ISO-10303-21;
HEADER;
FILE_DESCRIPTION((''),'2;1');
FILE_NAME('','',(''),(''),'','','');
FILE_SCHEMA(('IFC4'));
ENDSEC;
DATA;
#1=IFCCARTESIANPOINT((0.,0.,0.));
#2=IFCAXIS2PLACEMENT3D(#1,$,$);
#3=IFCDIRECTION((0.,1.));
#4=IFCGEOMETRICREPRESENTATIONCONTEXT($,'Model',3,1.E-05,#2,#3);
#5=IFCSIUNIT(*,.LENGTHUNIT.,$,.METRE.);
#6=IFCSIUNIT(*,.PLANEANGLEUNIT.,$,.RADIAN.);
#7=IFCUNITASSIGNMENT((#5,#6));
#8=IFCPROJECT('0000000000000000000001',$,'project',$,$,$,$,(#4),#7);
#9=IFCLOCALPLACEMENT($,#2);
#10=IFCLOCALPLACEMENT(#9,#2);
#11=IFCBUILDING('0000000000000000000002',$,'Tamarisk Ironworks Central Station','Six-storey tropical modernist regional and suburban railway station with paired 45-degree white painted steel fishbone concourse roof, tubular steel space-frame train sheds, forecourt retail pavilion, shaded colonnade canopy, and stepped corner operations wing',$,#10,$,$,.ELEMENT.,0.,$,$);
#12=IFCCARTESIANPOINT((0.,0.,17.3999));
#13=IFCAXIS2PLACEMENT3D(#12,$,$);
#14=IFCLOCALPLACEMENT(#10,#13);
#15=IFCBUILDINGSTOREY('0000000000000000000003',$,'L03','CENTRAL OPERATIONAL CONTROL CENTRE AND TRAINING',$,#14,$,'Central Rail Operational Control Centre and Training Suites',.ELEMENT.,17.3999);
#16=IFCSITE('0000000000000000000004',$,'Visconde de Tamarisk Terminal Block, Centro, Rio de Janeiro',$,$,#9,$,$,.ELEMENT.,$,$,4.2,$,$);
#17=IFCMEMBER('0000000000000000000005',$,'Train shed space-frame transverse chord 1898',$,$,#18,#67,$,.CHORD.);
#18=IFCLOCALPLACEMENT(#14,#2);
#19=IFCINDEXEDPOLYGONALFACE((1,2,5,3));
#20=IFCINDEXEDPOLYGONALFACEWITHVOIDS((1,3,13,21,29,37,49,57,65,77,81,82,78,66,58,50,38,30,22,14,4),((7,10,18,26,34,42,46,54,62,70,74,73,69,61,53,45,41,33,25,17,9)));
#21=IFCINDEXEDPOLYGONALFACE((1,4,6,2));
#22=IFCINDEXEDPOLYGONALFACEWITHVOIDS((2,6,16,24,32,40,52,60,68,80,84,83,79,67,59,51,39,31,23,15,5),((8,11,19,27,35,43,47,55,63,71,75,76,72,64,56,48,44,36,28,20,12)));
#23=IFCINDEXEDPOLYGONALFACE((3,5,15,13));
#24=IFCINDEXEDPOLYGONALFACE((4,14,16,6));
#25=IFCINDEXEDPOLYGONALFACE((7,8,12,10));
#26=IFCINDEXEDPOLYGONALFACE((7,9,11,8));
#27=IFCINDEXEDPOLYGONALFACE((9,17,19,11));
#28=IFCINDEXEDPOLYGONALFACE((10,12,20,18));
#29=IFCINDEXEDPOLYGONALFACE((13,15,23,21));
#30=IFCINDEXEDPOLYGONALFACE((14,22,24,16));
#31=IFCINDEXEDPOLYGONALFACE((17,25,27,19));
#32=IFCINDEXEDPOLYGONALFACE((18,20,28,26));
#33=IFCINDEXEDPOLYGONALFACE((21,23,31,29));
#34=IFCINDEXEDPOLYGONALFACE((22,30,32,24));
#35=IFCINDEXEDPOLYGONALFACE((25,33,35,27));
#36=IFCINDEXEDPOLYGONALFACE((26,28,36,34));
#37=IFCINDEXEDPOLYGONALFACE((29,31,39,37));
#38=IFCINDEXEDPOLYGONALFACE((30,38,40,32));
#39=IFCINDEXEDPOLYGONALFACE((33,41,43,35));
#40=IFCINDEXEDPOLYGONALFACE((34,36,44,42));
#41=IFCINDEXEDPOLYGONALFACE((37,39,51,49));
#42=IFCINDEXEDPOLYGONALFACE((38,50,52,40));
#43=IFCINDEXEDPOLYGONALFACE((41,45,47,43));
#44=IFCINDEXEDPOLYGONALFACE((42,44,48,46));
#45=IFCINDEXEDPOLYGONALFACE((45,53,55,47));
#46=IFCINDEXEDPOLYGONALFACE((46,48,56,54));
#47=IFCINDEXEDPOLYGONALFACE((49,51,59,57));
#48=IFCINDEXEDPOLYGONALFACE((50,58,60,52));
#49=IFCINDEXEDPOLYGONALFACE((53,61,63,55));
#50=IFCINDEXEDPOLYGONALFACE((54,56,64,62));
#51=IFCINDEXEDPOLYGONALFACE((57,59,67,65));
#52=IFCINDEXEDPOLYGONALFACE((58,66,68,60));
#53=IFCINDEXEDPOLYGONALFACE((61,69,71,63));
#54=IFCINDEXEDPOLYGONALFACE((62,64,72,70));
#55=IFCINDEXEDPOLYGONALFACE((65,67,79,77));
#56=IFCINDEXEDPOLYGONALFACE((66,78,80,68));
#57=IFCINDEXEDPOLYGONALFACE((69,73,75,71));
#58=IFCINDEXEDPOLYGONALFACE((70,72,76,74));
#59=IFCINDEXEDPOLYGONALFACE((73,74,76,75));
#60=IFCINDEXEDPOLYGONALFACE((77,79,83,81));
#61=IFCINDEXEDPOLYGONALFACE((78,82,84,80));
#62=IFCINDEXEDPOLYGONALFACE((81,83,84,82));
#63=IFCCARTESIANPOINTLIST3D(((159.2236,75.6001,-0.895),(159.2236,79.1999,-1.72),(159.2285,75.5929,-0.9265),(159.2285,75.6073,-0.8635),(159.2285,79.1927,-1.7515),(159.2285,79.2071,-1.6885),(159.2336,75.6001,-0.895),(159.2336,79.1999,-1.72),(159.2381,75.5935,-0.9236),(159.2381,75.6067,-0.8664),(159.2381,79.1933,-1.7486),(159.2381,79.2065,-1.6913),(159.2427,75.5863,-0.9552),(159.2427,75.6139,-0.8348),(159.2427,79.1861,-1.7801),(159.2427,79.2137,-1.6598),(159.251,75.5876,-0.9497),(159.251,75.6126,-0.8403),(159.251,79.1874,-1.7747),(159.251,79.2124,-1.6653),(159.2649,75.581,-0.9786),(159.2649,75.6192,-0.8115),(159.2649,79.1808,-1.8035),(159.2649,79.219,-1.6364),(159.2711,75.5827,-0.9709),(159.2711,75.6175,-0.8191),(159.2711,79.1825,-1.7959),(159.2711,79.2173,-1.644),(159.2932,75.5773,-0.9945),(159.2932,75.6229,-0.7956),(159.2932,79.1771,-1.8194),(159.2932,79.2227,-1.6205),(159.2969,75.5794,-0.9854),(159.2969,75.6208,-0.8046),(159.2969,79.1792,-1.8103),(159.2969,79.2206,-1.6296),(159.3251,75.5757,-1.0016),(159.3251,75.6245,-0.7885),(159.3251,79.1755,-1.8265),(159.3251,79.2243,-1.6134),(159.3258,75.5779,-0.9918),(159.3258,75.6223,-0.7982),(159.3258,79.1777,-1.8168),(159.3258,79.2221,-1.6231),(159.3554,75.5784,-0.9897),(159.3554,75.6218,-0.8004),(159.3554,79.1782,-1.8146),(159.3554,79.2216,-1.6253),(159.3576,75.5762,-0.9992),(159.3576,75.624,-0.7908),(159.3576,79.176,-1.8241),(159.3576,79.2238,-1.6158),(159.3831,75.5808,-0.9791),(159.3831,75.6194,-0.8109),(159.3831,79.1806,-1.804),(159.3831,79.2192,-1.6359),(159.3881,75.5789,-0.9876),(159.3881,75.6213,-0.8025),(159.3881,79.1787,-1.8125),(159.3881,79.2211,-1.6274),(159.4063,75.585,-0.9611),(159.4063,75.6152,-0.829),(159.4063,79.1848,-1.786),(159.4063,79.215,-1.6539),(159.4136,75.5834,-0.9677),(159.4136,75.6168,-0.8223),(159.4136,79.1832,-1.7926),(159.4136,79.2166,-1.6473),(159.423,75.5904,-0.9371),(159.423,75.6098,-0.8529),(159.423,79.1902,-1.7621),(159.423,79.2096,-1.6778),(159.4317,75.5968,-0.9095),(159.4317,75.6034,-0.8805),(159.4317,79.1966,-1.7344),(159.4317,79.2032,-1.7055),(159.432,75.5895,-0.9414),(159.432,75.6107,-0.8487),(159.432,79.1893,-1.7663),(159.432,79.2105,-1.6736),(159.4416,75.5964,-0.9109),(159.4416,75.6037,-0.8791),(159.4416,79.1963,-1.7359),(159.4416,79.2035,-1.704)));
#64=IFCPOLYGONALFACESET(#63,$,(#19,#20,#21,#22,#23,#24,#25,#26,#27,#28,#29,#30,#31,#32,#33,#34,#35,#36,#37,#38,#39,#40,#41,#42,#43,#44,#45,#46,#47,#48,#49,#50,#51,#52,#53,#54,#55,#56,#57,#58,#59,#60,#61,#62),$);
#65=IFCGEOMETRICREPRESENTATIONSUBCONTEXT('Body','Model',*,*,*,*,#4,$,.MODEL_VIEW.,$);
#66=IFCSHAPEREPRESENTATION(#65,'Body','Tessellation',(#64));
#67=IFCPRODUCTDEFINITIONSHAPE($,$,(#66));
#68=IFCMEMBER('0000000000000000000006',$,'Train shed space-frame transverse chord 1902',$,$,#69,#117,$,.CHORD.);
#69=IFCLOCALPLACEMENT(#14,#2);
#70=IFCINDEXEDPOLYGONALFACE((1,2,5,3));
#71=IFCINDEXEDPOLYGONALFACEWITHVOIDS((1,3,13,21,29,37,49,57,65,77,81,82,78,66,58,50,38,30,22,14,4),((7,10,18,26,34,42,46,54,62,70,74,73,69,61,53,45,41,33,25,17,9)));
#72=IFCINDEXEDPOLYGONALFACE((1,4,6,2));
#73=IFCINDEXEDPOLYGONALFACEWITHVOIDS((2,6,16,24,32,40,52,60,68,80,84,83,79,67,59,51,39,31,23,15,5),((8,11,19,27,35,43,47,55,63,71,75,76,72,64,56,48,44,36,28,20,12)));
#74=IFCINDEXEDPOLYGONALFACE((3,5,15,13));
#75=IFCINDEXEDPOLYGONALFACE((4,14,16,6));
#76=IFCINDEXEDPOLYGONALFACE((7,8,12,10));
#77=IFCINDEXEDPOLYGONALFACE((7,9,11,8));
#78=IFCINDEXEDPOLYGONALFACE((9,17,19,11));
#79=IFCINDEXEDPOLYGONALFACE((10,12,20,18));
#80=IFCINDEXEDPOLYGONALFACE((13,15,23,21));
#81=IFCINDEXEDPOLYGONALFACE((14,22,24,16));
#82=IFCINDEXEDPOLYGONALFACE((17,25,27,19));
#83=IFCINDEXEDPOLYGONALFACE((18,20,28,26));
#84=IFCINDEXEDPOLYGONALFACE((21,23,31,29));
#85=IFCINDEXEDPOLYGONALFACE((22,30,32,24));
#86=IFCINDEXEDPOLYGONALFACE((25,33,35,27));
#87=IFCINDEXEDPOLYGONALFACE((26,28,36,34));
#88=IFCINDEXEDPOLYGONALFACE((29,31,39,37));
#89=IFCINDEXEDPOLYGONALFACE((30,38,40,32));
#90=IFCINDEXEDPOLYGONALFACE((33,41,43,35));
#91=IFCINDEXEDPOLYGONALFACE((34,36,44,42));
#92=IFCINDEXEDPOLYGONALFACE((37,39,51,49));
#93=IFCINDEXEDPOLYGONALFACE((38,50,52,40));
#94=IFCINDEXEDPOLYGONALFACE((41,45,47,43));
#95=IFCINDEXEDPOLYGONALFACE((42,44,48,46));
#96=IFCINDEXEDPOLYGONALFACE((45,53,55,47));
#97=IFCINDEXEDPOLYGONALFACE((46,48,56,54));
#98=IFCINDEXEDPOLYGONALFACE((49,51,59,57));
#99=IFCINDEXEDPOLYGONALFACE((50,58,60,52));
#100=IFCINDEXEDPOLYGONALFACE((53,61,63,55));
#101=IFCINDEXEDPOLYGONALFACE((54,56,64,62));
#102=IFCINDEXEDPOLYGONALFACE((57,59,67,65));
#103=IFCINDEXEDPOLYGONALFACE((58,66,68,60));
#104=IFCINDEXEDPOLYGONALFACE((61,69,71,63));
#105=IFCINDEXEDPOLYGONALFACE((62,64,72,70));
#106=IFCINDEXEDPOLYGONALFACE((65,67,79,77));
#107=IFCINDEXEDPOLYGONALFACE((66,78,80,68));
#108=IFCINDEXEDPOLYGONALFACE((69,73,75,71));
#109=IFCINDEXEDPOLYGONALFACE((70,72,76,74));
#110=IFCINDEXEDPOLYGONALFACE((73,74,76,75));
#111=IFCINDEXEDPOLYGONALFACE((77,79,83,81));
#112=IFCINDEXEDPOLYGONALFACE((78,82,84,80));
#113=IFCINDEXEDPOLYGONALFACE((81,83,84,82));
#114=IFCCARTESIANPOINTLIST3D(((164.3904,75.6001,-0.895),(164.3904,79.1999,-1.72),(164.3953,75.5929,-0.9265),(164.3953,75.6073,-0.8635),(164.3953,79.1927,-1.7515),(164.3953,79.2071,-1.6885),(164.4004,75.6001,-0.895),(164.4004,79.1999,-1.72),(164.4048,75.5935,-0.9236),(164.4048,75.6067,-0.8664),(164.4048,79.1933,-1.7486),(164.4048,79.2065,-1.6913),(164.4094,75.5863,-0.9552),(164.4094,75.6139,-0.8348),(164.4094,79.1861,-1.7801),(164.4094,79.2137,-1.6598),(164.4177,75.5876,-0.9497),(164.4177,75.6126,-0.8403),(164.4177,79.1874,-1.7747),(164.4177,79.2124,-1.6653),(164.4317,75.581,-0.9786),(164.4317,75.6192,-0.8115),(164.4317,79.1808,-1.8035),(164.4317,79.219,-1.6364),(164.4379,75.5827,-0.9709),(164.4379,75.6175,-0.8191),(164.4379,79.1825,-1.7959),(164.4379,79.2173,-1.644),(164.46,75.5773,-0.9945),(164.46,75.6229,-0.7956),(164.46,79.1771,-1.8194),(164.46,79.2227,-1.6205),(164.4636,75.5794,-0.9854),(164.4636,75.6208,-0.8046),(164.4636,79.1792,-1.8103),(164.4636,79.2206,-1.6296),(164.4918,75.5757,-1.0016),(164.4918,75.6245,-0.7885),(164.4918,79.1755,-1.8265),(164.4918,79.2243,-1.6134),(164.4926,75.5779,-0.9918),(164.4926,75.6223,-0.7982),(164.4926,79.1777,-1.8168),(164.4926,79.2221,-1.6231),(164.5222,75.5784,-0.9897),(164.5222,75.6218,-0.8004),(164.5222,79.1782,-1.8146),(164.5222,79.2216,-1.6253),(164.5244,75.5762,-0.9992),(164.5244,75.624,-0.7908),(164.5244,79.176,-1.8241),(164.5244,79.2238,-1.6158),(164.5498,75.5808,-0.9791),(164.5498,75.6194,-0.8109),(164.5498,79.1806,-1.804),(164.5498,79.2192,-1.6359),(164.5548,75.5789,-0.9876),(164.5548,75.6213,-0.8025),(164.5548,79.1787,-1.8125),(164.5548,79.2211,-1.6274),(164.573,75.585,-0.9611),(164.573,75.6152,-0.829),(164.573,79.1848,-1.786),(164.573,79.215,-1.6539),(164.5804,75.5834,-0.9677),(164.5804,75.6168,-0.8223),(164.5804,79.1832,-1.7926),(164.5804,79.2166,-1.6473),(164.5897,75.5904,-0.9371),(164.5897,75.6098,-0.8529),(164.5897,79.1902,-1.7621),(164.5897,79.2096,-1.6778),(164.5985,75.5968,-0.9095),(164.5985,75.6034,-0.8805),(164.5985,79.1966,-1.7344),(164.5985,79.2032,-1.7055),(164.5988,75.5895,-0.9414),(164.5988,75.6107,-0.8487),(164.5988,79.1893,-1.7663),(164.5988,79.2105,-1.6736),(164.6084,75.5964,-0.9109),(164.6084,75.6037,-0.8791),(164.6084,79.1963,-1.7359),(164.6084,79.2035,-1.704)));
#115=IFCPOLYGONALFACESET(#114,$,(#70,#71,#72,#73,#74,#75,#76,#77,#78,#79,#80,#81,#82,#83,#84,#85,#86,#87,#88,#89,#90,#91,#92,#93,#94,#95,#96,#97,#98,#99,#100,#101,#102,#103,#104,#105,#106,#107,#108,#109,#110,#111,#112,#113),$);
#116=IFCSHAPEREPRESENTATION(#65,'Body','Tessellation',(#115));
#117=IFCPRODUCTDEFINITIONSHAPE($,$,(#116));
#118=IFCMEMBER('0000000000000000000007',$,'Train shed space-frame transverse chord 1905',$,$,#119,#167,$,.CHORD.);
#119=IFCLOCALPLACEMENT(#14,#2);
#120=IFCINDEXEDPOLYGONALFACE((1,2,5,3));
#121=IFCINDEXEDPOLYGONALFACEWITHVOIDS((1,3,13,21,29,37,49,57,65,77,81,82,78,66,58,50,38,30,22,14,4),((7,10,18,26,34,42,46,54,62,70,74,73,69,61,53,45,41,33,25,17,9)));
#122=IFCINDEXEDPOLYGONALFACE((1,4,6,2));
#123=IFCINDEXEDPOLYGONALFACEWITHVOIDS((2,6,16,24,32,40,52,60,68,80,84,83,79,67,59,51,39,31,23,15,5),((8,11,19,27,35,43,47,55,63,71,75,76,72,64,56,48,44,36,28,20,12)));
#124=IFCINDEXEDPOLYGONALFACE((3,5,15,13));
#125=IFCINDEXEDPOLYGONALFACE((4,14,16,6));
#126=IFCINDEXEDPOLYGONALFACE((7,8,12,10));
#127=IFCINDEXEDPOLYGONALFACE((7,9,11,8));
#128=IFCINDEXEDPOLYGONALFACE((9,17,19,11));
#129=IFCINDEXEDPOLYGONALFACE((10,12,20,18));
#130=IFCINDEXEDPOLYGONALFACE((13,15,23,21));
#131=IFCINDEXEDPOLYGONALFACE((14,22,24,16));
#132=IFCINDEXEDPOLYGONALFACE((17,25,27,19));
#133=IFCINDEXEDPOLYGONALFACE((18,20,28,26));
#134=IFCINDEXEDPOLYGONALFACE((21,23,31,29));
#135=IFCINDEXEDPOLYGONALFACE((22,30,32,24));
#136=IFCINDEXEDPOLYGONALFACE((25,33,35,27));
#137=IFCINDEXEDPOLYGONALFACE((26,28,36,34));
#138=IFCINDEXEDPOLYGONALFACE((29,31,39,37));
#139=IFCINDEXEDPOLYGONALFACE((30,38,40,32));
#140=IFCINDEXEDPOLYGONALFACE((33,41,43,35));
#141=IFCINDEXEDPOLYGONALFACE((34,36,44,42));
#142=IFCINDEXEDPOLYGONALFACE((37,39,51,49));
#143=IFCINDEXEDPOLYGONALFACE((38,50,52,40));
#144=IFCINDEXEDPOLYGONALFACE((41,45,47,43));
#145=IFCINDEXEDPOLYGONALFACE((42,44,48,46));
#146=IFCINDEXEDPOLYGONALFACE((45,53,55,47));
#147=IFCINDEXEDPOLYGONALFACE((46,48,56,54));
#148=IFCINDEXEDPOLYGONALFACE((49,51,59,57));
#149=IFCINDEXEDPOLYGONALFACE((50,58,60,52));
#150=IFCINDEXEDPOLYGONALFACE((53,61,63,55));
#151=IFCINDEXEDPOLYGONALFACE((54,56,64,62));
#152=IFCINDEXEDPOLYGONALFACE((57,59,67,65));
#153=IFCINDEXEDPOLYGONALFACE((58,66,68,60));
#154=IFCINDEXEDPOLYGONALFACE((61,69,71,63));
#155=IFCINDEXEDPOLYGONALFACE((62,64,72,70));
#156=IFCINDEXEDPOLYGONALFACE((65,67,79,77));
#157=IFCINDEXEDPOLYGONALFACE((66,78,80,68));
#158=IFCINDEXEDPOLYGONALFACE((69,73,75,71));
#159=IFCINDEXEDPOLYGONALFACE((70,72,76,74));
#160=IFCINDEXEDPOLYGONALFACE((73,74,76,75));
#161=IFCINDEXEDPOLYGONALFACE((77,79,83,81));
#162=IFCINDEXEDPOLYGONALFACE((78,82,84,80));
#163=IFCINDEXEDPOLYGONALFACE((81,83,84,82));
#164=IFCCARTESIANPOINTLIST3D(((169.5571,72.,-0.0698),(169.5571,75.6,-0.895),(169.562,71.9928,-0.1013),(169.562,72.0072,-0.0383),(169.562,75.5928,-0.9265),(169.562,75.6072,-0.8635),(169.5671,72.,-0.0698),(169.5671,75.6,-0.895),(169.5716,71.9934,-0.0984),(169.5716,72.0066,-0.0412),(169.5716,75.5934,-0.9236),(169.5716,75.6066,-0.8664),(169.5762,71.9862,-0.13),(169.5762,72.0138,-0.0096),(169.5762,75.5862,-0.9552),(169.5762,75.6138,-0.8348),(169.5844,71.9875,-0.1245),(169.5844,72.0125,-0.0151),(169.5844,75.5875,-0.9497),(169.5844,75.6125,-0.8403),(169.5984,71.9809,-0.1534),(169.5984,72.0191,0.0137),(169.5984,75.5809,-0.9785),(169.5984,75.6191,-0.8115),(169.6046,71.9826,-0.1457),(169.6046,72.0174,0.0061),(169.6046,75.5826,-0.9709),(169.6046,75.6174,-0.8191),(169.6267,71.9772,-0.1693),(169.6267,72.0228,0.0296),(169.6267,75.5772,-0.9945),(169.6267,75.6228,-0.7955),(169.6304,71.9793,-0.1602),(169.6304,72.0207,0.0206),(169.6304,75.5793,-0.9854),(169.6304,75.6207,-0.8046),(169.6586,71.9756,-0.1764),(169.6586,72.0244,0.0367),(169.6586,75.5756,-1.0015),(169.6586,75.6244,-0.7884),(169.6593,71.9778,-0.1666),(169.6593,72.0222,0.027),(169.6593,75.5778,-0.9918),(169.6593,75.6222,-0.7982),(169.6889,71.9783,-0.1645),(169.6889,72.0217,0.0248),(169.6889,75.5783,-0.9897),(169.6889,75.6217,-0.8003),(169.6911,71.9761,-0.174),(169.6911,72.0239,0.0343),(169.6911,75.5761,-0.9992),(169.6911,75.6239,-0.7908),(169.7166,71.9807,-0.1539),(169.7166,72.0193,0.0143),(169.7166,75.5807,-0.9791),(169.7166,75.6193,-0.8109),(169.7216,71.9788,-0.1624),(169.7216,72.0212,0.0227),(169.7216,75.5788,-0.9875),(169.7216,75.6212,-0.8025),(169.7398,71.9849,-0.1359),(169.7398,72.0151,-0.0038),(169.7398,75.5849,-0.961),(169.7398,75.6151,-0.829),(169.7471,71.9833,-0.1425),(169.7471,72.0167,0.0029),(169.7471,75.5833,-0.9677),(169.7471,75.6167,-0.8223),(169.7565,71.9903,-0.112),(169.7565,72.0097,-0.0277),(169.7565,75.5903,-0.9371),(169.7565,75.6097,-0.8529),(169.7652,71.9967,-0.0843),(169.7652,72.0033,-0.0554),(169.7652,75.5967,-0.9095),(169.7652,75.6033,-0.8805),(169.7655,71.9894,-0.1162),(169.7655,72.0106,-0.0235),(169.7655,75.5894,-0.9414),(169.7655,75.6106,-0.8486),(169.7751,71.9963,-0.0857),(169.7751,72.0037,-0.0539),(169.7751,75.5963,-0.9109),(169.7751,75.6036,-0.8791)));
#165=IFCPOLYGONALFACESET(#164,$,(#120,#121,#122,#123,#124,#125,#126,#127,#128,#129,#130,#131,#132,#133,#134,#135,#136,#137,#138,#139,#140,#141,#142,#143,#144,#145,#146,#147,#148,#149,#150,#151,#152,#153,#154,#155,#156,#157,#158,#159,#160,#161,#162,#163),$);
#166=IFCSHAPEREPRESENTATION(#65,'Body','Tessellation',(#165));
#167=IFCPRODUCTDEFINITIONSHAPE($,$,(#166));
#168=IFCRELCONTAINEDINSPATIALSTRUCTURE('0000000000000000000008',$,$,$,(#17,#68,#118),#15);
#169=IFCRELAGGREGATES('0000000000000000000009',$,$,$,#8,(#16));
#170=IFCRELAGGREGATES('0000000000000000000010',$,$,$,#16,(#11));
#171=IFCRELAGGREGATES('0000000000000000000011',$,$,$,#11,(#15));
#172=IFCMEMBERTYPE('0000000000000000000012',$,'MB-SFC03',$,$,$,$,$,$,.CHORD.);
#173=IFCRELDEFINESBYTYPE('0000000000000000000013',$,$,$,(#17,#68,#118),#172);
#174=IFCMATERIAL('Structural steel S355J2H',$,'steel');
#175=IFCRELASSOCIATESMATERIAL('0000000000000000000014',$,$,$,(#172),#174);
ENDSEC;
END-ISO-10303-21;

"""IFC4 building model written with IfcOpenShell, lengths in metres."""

from ifc_helpers import new_model, si_unit, direction, frame, origin, origin_2d, place, context, subcontext, project, spatial, hollow_circle, extrude, material, material_profile, profile_set, type_object, element, save


model = new_model("IFC4")

# Units and contexts
model_context = context("Model", 3, precision=1e-05, world=origin(), true_north=direction((0.0, 1.0)))
body_context = subcontext(model_context, "Body", "Model", "MODEL_VIEW")
ifc_project = project(units=[si_unit("LENGTHUNIT", "METRE"), si_unit("PLANEANGLEUNIT", "RADIAN")], contexts=[model_context])

# Site, building, storey
site_placement = place(None, origin())
site = spatial("IfcSite", under=ifc_project, at=site_placement, Name="Visconde de Tamarisk Terminal Block, Centro, Rio de Janeiro", CompositionType="ELEMENT", RefElevation=4.2)
building_placement = place(site_placement, origin())
building = spatial("IfcBuilding", under=site, at=building_placement, Name="Tamarisk Ironworks Central Station", Description="Six-storey tropical modernist regional and suburban railway station with paired 45-degree white painted steel fishbone concourse roof, tubular steel space-frame train sheds, forecourt retail pavilion, shaded colonnade canopy, and stepped corner operations wing", CompositionType="ELEMENT", ElevationOfRefHeight=0.0)
storey_placement = place(building_placement, frame((0.0, 0.0, 17.3999)))
storey = spatial("IfcBuildingStorey", under=building, at=storey_placement, Name="L03", Description="CENTRAL OPERATIONAL CONTROL CENTRE AND TRAINING", LongName="Central Rail Operational Control Centre and Training Suites", CompositionType="ELEMENT", Elevation=17.3999)

# Members
ifc_material = material(Name="Structural steel S355J2H", Category="steel")
ifc_material_profile_1 = material_profile(ifc_material, hollow_circle(Radius=0.1096, WallThickness=0.01, at=origin_2d()), Name="CHS 219.1x10")
ifc_profile_set_1 = profile_set([ifc_material_profile_1], Name="Structural steel S355J2H")
member_type_1 = type_object("IfcMemberType", Name="MB-SFC03", PredefinedType="CHORD", material=ifc_profile_set_1)
for number, where, z_axis, x_axis, name in (
    (1, (159.3333, 75.6001, -0.895), (0.0, 0.974733, -0.223372), (-1.0, 0.0, 0.0), "Train shed space-frame transverse chord 1898"),
    (2, (164.5, 75.6001, -0.895), (0.0, 0.974733, -0.223372), (-1.0, 0.0, 0.0), "Train shed space-frame transverse chord 1902"),
):
    element("IfcMember", number, at=place(storey_placement, frame(where, z_axis=z_axis, x_axis=x_axis)), inside=storey, type_object=member_type_1, Name=name, PredefinedType="CHORD", context=body_context, shape_type="SweptSolid", body=[
        extrude(hollow_circle(Radius=0.1096, WallThickness=0.01, at=origin_2d()), origin(), (0.0, 0.0, 1.0), 3.6931),
    ])
member_1_placement = place(storey_placement, frame((169.6667, 72.0, -0.0698), z_axis=(0.0, 0.974722, -0.223421), x_axis=(-1.0, 0.0, 0.0)))
element("IfcMember", 3, at=member_1_placement, inside=storey, type_object=member_type_1, Name="Train shed space-frame transverse chord 1905", PredefinedType="CHORD", context=body_context, shape_type="SweptSolid", body=[
    extrude(hollow_circle(Radius=0.1096, WallThickness=0.01, at=origin_2d()), origin(), (0.0, 0.0, 1.0), 3.6934),
])

save(model, "model.ifc")
